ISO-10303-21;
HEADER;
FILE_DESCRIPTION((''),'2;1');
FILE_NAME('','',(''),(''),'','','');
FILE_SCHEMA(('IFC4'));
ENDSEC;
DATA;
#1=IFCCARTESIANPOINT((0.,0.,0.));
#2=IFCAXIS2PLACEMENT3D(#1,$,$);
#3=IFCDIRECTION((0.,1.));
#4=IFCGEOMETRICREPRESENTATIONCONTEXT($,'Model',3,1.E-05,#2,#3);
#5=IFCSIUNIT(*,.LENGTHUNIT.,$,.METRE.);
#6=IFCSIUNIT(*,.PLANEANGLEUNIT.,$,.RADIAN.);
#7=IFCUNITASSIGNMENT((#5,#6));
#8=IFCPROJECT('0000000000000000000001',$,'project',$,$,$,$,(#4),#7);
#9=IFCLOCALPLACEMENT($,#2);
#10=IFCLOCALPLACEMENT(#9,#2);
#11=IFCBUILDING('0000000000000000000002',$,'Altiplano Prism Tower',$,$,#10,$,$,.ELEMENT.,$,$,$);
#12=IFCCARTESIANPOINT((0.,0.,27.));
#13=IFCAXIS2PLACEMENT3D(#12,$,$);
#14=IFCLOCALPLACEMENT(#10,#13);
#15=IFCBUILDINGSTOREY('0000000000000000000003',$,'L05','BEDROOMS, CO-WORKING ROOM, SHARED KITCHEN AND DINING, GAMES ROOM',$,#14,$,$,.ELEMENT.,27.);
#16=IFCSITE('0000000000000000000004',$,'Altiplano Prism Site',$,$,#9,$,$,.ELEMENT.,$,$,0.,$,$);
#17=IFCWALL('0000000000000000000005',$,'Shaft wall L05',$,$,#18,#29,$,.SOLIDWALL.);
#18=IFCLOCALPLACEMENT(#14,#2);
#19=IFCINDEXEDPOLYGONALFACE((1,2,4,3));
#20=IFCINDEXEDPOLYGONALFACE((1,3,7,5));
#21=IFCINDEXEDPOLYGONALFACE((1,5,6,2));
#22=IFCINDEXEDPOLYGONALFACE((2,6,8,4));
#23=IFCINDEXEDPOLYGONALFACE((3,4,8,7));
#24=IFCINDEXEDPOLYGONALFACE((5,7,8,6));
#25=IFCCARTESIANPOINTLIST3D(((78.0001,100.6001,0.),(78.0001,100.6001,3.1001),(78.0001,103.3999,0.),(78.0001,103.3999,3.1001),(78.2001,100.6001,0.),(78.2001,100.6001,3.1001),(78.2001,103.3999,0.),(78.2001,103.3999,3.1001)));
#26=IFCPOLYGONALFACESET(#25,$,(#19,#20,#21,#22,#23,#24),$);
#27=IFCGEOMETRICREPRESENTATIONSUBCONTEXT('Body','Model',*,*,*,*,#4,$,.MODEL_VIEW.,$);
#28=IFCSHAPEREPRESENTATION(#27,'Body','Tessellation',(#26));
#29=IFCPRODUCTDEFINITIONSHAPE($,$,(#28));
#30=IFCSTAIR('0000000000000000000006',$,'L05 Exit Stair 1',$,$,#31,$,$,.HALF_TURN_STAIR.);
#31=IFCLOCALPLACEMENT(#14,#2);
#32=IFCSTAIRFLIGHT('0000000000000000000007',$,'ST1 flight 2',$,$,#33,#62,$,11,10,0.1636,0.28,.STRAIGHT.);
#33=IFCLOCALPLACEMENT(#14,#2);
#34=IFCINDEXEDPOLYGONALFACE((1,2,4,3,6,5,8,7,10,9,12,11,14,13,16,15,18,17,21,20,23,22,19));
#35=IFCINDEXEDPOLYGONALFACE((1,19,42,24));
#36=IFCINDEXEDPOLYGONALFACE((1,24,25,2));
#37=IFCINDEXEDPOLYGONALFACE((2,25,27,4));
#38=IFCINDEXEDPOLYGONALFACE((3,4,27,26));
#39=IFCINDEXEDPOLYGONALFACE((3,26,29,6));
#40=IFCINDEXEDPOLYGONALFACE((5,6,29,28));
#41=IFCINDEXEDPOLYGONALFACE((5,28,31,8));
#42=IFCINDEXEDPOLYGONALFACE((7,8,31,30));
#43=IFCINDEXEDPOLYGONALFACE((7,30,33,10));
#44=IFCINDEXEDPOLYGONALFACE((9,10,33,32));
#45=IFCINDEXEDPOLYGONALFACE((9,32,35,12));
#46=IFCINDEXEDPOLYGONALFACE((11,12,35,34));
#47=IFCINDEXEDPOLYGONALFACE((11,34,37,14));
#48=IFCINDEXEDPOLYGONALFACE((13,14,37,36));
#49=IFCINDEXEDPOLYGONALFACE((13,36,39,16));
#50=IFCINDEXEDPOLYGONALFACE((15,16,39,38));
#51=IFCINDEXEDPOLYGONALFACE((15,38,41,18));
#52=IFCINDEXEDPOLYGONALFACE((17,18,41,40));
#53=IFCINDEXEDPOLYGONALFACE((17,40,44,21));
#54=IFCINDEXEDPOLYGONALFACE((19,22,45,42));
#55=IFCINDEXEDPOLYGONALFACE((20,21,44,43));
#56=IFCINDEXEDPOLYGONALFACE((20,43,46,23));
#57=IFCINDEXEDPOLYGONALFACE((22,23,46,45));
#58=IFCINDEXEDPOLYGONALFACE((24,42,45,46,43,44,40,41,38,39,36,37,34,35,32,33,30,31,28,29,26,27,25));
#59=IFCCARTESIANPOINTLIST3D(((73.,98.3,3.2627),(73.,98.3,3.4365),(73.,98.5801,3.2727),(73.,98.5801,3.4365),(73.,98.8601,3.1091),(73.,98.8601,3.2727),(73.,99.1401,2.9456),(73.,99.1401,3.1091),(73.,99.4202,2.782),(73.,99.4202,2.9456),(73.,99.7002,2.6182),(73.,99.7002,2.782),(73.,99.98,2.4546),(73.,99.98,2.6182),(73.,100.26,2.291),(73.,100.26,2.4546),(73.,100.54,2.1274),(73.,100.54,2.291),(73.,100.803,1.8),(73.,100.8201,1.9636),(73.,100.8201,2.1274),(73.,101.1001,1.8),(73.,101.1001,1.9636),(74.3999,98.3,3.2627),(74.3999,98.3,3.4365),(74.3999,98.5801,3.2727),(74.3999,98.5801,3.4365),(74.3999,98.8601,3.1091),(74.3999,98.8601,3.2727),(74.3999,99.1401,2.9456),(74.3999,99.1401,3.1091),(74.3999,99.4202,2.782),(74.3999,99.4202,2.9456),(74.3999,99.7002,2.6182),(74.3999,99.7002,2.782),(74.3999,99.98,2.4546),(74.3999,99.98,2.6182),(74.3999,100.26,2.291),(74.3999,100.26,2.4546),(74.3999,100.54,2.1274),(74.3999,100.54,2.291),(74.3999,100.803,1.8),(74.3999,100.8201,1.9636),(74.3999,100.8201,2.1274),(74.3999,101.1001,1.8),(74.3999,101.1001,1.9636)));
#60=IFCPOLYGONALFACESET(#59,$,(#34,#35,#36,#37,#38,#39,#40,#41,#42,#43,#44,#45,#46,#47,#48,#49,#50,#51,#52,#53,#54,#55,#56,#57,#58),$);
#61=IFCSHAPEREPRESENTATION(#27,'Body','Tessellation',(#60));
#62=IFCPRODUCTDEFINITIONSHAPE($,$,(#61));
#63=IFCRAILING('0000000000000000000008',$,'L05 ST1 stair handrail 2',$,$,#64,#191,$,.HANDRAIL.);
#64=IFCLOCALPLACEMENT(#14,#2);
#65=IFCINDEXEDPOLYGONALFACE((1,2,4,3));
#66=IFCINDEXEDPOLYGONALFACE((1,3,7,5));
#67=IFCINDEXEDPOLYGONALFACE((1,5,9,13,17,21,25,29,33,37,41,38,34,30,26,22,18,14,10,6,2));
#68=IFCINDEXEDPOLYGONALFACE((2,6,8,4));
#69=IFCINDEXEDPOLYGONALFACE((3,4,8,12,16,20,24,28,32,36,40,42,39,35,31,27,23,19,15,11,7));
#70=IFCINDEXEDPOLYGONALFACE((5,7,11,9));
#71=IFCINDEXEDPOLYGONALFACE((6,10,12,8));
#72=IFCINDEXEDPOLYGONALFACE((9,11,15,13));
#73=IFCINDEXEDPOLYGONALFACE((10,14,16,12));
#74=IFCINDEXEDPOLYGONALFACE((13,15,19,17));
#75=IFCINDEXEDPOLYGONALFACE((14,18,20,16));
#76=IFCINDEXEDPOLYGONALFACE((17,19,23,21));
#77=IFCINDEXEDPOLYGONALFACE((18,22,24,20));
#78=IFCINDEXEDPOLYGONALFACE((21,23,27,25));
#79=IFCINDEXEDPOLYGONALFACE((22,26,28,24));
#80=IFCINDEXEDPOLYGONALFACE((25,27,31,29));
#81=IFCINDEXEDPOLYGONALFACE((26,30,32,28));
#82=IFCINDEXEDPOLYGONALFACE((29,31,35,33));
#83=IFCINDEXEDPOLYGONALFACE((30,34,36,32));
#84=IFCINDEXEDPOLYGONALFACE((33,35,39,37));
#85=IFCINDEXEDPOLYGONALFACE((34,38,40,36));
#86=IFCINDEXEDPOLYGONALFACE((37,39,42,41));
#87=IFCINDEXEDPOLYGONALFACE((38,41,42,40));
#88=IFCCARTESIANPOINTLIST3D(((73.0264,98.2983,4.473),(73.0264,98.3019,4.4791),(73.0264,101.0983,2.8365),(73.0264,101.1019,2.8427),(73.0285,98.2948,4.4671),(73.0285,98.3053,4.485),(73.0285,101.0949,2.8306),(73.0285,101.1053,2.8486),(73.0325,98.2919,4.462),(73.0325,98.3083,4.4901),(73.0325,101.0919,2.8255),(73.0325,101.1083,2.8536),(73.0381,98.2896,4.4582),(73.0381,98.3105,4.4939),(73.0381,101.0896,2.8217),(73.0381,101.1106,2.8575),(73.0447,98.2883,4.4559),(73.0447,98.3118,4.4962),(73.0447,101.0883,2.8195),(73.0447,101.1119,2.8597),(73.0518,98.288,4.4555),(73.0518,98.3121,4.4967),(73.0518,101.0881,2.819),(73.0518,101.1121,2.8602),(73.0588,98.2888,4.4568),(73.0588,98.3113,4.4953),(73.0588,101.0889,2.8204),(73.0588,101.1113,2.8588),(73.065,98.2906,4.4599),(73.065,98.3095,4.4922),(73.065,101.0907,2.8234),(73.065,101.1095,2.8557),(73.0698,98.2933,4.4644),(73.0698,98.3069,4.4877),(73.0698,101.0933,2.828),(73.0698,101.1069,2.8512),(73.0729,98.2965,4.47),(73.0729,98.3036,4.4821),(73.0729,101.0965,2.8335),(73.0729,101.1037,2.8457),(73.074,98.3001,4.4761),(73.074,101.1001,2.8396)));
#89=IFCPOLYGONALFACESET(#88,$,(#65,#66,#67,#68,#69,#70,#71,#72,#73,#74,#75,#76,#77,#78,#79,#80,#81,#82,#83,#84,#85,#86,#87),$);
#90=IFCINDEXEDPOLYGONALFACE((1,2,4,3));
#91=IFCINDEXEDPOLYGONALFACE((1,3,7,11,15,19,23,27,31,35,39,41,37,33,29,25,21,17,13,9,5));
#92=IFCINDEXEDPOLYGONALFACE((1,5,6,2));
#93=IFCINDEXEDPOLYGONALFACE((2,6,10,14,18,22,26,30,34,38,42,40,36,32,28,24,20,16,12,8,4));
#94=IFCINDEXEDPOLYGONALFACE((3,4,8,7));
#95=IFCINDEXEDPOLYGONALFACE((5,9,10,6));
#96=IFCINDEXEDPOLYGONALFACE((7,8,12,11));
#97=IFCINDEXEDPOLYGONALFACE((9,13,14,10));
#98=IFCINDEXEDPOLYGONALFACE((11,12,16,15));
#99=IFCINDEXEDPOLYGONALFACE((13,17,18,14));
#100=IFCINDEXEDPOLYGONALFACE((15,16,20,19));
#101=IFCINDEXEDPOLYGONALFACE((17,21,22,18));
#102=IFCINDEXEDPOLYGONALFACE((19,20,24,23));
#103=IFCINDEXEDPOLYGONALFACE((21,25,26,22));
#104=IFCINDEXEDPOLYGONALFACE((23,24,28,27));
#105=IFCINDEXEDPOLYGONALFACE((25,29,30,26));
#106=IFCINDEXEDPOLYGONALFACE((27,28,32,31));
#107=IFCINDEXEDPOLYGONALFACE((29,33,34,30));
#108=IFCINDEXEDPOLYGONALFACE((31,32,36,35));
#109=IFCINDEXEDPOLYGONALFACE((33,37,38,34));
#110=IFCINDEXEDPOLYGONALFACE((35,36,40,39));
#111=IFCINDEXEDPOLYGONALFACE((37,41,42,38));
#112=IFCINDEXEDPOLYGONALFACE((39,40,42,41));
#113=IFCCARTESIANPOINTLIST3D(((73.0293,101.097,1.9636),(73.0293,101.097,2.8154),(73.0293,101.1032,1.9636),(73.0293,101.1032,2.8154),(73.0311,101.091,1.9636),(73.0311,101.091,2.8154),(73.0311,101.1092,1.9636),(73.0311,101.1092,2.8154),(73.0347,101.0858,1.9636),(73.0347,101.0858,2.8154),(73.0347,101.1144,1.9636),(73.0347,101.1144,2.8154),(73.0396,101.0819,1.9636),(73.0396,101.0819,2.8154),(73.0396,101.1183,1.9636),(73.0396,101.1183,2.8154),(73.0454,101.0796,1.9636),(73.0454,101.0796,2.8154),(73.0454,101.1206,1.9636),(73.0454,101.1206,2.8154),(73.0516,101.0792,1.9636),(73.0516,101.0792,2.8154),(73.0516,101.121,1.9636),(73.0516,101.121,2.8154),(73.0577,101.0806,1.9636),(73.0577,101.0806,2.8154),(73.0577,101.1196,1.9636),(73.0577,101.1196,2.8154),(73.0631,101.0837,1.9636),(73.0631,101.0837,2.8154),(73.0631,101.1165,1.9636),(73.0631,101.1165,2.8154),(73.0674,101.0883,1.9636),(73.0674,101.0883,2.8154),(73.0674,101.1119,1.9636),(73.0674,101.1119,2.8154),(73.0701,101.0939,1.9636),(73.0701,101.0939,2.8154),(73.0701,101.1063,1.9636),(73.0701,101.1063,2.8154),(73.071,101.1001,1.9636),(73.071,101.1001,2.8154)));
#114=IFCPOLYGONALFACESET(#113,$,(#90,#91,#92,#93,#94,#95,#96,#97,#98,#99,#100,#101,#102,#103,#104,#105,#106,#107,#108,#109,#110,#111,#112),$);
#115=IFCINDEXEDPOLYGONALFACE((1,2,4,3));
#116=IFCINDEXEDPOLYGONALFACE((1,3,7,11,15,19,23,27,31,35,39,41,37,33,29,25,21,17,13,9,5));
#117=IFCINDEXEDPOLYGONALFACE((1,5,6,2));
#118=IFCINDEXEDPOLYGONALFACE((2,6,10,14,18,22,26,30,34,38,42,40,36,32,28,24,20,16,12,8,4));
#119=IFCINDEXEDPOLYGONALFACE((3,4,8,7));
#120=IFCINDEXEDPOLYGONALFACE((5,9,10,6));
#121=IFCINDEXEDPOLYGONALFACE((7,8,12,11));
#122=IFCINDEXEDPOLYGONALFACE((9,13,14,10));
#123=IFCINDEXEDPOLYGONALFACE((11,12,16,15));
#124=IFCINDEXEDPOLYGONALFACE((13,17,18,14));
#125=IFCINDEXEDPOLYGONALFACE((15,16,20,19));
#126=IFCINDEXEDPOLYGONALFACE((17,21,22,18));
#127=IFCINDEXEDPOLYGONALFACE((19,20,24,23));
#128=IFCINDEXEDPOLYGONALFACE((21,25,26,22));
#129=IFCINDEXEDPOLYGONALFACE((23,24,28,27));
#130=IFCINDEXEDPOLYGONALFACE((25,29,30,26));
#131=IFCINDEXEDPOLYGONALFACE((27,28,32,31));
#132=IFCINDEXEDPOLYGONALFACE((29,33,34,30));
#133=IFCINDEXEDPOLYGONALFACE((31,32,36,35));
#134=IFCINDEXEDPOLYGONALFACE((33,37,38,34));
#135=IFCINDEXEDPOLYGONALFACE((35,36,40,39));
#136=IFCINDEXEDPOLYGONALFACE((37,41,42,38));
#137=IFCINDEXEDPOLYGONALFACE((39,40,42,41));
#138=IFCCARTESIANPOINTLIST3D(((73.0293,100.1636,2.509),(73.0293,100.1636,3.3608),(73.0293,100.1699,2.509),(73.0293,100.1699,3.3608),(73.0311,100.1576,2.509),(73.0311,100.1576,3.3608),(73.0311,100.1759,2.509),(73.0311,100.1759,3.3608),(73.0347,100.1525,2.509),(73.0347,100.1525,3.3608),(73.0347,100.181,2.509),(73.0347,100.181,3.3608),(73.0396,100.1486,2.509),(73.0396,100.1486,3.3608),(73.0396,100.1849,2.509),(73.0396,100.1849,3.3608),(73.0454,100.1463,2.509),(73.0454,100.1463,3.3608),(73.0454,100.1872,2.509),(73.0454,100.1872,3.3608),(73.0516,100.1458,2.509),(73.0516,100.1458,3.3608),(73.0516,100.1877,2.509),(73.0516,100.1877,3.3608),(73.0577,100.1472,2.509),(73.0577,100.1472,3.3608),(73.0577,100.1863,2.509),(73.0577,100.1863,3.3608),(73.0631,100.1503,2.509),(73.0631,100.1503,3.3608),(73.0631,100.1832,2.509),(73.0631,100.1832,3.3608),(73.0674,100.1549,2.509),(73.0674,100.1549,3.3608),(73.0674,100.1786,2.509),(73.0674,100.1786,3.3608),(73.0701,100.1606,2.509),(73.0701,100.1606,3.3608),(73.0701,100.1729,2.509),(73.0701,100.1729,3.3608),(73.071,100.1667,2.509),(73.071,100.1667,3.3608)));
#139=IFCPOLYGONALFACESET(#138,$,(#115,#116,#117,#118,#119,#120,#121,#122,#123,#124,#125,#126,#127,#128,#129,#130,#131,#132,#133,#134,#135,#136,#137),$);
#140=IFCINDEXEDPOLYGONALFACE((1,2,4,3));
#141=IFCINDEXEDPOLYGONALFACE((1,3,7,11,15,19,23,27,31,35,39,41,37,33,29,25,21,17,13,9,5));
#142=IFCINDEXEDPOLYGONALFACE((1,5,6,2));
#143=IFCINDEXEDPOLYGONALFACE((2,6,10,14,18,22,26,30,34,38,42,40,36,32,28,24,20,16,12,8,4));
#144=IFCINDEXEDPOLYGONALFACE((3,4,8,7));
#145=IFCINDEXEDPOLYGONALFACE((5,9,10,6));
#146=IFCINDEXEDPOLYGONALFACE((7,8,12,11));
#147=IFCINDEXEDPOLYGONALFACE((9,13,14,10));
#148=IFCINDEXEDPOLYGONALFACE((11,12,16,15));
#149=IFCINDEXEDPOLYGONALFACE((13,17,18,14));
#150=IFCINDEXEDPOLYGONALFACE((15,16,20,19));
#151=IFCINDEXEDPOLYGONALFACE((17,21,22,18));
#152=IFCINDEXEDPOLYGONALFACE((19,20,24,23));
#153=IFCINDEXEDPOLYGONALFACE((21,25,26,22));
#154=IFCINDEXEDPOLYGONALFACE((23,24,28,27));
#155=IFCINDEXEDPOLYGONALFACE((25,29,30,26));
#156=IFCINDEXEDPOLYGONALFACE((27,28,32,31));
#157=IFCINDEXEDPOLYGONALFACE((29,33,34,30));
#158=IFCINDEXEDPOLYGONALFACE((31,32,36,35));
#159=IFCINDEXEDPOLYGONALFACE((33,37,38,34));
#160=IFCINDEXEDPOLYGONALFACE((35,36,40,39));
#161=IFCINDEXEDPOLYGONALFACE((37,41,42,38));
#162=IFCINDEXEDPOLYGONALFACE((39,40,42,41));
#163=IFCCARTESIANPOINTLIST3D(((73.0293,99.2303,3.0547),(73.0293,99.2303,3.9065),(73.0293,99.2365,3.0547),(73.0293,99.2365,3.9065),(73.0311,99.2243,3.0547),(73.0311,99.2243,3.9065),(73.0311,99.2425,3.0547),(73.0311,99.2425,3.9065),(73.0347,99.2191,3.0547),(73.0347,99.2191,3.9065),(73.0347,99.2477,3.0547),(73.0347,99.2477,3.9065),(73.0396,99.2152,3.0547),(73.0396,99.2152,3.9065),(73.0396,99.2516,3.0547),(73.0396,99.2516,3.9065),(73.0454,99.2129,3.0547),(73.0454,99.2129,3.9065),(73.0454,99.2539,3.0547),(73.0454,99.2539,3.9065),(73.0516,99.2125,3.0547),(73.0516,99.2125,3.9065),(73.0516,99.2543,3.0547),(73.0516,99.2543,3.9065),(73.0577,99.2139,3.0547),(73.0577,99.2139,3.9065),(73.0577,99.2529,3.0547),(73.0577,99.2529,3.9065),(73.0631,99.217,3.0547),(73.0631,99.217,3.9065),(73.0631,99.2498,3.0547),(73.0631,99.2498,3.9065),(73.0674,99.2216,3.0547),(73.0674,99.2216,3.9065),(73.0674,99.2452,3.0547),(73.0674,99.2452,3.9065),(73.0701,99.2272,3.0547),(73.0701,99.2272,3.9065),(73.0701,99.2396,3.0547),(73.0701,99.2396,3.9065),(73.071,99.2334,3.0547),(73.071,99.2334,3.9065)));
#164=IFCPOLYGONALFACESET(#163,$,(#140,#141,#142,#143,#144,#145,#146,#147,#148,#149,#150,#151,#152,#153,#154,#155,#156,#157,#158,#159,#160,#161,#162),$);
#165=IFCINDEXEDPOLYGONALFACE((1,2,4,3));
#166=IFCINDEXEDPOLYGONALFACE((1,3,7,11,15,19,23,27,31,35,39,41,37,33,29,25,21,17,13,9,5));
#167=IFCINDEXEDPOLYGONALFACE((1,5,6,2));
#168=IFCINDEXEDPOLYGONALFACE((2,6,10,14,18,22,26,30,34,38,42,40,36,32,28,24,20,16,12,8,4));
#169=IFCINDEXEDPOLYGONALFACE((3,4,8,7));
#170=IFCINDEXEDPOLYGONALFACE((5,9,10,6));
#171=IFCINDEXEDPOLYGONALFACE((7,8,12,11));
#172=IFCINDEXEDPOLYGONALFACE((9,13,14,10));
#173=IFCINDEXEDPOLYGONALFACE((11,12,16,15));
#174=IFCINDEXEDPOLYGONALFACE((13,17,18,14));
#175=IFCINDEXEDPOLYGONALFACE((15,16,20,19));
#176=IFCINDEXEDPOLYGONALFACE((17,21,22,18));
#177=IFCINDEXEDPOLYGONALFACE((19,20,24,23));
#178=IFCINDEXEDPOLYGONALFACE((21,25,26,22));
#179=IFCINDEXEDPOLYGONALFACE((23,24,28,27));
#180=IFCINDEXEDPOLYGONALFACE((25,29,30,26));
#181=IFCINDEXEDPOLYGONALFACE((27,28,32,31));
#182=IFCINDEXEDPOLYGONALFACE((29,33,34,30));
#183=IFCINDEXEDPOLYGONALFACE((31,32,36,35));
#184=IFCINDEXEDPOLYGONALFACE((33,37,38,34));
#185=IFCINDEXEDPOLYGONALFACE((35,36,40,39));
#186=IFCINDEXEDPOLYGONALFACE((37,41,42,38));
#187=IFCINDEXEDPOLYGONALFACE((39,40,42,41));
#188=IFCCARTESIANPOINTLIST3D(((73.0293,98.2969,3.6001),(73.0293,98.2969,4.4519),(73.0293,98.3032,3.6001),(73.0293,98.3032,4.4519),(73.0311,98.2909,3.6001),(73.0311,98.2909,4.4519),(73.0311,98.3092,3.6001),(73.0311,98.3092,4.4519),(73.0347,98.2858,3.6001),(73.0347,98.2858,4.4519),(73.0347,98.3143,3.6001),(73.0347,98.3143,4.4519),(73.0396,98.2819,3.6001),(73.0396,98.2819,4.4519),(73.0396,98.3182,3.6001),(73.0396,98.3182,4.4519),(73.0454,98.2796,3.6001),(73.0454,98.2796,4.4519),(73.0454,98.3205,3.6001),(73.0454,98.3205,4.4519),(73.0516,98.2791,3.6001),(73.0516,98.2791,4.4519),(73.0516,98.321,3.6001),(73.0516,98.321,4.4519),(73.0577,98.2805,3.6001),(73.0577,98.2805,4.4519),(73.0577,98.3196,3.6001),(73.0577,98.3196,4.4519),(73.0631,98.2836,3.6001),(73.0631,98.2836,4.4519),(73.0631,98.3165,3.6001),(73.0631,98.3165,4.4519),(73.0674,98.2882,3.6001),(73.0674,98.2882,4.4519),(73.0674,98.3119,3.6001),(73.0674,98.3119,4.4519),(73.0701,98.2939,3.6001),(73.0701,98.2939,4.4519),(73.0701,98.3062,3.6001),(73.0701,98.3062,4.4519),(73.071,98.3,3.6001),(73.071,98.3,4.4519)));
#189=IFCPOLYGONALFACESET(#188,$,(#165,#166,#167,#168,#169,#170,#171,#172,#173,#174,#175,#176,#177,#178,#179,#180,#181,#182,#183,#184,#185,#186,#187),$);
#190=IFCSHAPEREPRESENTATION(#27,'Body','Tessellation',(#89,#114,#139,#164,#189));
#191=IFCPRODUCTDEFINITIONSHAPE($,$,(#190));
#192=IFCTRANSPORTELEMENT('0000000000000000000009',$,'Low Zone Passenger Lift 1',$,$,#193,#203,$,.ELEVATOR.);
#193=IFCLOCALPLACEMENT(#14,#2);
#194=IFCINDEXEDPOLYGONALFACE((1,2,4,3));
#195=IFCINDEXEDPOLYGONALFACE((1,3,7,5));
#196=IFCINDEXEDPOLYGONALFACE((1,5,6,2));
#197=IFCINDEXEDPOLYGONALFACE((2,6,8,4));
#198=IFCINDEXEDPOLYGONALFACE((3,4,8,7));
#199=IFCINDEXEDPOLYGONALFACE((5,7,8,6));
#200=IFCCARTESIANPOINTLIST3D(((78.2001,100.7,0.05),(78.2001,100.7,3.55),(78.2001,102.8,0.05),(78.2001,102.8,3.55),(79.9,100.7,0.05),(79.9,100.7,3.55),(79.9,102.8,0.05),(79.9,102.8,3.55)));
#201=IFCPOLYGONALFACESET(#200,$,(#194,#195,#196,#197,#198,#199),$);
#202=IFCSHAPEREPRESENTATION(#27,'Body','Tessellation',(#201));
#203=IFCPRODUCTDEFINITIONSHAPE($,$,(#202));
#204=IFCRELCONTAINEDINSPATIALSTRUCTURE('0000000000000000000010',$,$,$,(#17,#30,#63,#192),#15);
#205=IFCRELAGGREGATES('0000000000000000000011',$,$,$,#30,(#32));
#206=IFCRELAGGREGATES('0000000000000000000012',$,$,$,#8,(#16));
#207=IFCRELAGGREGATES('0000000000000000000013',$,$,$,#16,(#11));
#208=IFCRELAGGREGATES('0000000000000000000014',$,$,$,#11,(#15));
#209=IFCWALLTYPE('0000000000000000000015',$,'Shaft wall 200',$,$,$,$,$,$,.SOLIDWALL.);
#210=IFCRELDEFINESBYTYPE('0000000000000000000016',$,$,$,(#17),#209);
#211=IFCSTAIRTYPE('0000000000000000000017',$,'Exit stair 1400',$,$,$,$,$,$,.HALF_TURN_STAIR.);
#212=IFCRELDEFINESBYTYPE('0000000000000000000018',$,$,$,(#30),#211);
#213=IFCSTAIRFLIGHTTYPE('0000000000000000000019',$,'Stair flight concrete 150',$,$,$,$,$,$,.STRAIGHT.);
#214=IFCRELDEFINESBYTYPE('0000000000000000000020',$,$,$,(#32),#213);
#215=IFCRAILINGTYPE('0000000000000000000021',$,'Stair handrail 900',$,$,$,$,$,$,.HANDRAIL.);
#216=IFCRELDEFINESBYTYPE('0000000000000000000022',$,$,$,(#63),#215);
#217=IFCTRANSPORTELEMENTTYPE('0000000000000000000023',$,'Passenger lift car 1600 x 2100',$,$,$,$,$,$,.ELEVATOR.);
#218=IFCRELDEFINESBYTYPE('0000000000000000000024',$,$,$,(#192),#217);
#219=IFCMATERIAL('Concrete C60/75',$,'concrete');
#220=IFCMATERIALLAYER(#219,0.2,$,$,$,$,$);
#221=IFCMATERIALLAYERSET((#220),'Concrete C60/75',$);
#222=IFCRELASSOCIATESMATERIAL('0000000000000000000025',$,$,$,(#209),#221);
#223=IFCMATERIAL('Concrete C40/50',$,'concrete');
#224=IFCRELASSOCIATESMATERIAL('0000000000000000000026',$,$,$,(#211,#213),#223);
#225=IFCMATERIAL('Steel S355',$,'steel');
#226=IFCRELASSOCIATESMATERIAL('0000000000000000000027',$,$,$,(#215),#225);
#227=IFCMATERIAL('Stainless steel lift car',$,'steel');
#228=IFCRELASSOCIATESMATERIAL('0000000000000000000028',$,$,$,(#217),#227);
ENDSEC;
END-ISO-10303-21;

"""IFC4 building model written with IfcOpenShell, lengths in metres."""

from ifc_helpers import new_model, si_unit, direction, frame, frame_2d, origin, origin_2d, place, context, subcontext, project, spatial, polyline, rectangle, circle, outline, extrude, material, layer, layer_set, type_object, element, aggregate, save


model = new_model("IFC4")

# Units and contexts
model_context = context("Model", 3, precision=1e-05, world=origin(), true_north=direction((0.0, 1.0)))
body_context = subcontext(model_context, "Body", "Model", "MODEL_VIEW")
ifc_project = project(units=[si_unit("LENGTHUNIT", "METRE"), si_unit("PLANEANGLEUNIT", "RADIAN")], contexts=[model_context])

# Site, building, storey
site_placement = place(None, origin())
site = spatial("IfcSite", under=ifc_project, at=site_placement, Name="Altiplano Prism Site", CompositionType="ELEMENT", RefElevation=0.0)
building_placement = place(site_placement, origin())
building = spatial("IfcBuilding", under=site, at=building_placement, Name="Altiplano Prism Tower", CompositionType="ELEMENT")
storey_placement = place(building_placement, frame((0.0, 0.0, 27.0)))
storey = spatial("IfcBuildingStorey", under=building, at=storey_placement, Name="L05", Description="BEDROOMS, CO-WORKING ROOM, SHARED KITCHEN AND DINING, GAMES ROOM", CompositionType="ELEMENT", Elevation=27.0)

# Shared definitions
ifc_material_1 = material(Name="Concrete C60/75", Category="concrete")

# Shared definitions
ifc_material_2 = material(Name="Steel S355", Category="steel")

# Wall
ifc_layer_1 = layer(ifc_material_1, 0.2)
ifc_layer_set_1 = layer_set([ifc_layer_1], Name="Concrete C60/75")
wall_type_1 = type_object("IfcWallType", Name="Shaft wall 200", PredefinedType="SOLIDWALL", material=ifc_layer_set_1)
wall_1_placement = place(storey_placement, frame((78.1001, 100.6001, 0.0), z_axis=(0.0, 0.0, 1.0), x_axis=(0.0, 1.0, 0.0)))
element("IfcWall", 1, at=wall_1_placement, inside=storey, type_object=wall_type_1, Name="Shaft wall L05", PredefinedType="SOLIDWALL", context=body_context, shape_type="SweptSolid", body=[
    extrude(rectangle(XDim=2.7998, YDim=0.2, at=frame_2d((1.3999, 0.0))), origin(), (0.0, 0.0, 1.0), 3.1001),
])

# Stair, stair flight
ifc_material_3 = material(Name="Concrete C40/50", Category="concrete")
stair_type = type_object("IfcStairType", Name="Exit stair 1400", PredefinedType="HALF_TURN_STAIR", material=ifc_material_3)
stair_placement = place(storey_placement, origin())
stair = element("IfcStair", 2, at=stair_placement, inside=storey, type_object=stair_type, Name="L05 Exit Stair 1", PredefinedType="HALF_TURN_STAIR")
stair_flight_type = type_object("IfcStairFlightType", Name="Stair flight concrete 150", PredefinedType="STRAIGHT", material=ifc_material_3)
stair_flight_placement = place(storey_placement, frame((73.7, 101.1001, 1.8), z_axis=(0.0, 0.0, 1.0), x_axis=(0.0, -1.0, 0.0)))
stair_flight = element("IfcStairFlight", 3, at=stair_flight_placement, type_object=stair_flight_type, Name="ST1 flight 2", NumberOfRisers=11, NumberOfTreads=10, PredefinedType="STRAIGHT", RiserHeight=0.1636, TreadLength=0.28, context=body_context, shape_type="SweptSolid", body=[
    extrude(outline(polyline([(0.0, 0.0), (0.0, 0.1636), (0.28, 0.1636), (0.28, 0.3274), (0.5601, 0.3274), (0.5601, 0.491), (0.8401, 0.491), (0.8401, 0.6545), (1.1201, 0.6545), (1.1201, 0.8181), (1.3999, 0.8181), (1.3999, 0.9819), (1.6799, 0.9819), (1.6799, 1.1455), (1.96, 1.1455), (1.96, 1.3091), (2.24, 1.3091), (2.24, 1.4727), (2.52, 1.4727), (2.52, 1.6365), (2.8, 1.6365), (2.8, 1.8), (2.8, 1.4626), (0.2971, 0.0), (0.0, 0.0)])), frame((0.0, 0.7, 0.0), z_axis=(0.0, -1.0, 0.0), x_axis=(1.0, 0.0, 0.0)), (0.0, 0.0, 1.0), 1.3999),
])
aggregate(stair, [stair_flight])

# Railing
railing_type = type_object("IfcRailingType", Name="Stair handrail 900", PredefinedType="HANDRAIL", material=ifc_material_2)
railing_placement = place(storey_placement, frame((73.05, 101.1001, 1.9636)))
element("IfcRailing", 4, at=railing_placement, inside=storey, type_object=railing_type, Name="L05 ST1 stair handrail 2", PredefinedType="HANDRAIL", context=body_context, shape_type="SweptSolid", body=[
    extrude(circle(Radius=0.0239, at=origin_2d()), frame((0.0, 0.0, 0.876), z_axis=(0.0, -0.863361, 0.504587), x_axis=(1.0, 0.0, 0.0)), (0.0, 0.0, 1.0), 3.2432),
    extrude(circle(Radius=0.021, at=origin_2d()), origin(), (0.0, 0.0, 1.0), 0.8518),
    extrude(circle(Radius=0.021, at=origin_2d()), frame((0.0, -0.9333, 0.5454)), (0.0, 0.0, 1.0), 0.8518),
    extrude(circle(Radius=0.021, at=origin_2d()), frame((0.0, -1.8667, 1.0911)), (0.0, 0.0, 1.0), 0.8518),
    extrude(circle(Radius=0.021, at=origin_2d()), frame((0.0, -2.8, 1.6365)), (0.0, 0.0, 1.0), 0.8518),
])

# Transport element
ifc_material_4 = material(Name="Stainless steel lift car", Category="steel")
transport_element_type = type_object("IfcTransportElementType", Name="Passenger lift car 1600 x 2100", PredefinedType="ELEVATOR", material=ifc_material_4)
transport_element_placement = place(storey_placement, frame((79.05, 101.75, 0.05), z_axis=(0.0, 0.0, 1.0), x_axis=(1.0, 0.0, 0.0)))
element("IfcTransportElement", 5, at=transport_element_placement, inside=storey, type_object=transport_element_type, Name="Low Zone Passenger Lift 1", PredefinedType="ELEVATOR", context=body_context, shape_type="SweptSolid", body=[
    extrude(rectangle(XDim=1.7, YDim=2.1001, at=origin_2d()), origin(), (0.0, 0.0, 1.0), 3.5),
])

save(model, "model.ifc")
